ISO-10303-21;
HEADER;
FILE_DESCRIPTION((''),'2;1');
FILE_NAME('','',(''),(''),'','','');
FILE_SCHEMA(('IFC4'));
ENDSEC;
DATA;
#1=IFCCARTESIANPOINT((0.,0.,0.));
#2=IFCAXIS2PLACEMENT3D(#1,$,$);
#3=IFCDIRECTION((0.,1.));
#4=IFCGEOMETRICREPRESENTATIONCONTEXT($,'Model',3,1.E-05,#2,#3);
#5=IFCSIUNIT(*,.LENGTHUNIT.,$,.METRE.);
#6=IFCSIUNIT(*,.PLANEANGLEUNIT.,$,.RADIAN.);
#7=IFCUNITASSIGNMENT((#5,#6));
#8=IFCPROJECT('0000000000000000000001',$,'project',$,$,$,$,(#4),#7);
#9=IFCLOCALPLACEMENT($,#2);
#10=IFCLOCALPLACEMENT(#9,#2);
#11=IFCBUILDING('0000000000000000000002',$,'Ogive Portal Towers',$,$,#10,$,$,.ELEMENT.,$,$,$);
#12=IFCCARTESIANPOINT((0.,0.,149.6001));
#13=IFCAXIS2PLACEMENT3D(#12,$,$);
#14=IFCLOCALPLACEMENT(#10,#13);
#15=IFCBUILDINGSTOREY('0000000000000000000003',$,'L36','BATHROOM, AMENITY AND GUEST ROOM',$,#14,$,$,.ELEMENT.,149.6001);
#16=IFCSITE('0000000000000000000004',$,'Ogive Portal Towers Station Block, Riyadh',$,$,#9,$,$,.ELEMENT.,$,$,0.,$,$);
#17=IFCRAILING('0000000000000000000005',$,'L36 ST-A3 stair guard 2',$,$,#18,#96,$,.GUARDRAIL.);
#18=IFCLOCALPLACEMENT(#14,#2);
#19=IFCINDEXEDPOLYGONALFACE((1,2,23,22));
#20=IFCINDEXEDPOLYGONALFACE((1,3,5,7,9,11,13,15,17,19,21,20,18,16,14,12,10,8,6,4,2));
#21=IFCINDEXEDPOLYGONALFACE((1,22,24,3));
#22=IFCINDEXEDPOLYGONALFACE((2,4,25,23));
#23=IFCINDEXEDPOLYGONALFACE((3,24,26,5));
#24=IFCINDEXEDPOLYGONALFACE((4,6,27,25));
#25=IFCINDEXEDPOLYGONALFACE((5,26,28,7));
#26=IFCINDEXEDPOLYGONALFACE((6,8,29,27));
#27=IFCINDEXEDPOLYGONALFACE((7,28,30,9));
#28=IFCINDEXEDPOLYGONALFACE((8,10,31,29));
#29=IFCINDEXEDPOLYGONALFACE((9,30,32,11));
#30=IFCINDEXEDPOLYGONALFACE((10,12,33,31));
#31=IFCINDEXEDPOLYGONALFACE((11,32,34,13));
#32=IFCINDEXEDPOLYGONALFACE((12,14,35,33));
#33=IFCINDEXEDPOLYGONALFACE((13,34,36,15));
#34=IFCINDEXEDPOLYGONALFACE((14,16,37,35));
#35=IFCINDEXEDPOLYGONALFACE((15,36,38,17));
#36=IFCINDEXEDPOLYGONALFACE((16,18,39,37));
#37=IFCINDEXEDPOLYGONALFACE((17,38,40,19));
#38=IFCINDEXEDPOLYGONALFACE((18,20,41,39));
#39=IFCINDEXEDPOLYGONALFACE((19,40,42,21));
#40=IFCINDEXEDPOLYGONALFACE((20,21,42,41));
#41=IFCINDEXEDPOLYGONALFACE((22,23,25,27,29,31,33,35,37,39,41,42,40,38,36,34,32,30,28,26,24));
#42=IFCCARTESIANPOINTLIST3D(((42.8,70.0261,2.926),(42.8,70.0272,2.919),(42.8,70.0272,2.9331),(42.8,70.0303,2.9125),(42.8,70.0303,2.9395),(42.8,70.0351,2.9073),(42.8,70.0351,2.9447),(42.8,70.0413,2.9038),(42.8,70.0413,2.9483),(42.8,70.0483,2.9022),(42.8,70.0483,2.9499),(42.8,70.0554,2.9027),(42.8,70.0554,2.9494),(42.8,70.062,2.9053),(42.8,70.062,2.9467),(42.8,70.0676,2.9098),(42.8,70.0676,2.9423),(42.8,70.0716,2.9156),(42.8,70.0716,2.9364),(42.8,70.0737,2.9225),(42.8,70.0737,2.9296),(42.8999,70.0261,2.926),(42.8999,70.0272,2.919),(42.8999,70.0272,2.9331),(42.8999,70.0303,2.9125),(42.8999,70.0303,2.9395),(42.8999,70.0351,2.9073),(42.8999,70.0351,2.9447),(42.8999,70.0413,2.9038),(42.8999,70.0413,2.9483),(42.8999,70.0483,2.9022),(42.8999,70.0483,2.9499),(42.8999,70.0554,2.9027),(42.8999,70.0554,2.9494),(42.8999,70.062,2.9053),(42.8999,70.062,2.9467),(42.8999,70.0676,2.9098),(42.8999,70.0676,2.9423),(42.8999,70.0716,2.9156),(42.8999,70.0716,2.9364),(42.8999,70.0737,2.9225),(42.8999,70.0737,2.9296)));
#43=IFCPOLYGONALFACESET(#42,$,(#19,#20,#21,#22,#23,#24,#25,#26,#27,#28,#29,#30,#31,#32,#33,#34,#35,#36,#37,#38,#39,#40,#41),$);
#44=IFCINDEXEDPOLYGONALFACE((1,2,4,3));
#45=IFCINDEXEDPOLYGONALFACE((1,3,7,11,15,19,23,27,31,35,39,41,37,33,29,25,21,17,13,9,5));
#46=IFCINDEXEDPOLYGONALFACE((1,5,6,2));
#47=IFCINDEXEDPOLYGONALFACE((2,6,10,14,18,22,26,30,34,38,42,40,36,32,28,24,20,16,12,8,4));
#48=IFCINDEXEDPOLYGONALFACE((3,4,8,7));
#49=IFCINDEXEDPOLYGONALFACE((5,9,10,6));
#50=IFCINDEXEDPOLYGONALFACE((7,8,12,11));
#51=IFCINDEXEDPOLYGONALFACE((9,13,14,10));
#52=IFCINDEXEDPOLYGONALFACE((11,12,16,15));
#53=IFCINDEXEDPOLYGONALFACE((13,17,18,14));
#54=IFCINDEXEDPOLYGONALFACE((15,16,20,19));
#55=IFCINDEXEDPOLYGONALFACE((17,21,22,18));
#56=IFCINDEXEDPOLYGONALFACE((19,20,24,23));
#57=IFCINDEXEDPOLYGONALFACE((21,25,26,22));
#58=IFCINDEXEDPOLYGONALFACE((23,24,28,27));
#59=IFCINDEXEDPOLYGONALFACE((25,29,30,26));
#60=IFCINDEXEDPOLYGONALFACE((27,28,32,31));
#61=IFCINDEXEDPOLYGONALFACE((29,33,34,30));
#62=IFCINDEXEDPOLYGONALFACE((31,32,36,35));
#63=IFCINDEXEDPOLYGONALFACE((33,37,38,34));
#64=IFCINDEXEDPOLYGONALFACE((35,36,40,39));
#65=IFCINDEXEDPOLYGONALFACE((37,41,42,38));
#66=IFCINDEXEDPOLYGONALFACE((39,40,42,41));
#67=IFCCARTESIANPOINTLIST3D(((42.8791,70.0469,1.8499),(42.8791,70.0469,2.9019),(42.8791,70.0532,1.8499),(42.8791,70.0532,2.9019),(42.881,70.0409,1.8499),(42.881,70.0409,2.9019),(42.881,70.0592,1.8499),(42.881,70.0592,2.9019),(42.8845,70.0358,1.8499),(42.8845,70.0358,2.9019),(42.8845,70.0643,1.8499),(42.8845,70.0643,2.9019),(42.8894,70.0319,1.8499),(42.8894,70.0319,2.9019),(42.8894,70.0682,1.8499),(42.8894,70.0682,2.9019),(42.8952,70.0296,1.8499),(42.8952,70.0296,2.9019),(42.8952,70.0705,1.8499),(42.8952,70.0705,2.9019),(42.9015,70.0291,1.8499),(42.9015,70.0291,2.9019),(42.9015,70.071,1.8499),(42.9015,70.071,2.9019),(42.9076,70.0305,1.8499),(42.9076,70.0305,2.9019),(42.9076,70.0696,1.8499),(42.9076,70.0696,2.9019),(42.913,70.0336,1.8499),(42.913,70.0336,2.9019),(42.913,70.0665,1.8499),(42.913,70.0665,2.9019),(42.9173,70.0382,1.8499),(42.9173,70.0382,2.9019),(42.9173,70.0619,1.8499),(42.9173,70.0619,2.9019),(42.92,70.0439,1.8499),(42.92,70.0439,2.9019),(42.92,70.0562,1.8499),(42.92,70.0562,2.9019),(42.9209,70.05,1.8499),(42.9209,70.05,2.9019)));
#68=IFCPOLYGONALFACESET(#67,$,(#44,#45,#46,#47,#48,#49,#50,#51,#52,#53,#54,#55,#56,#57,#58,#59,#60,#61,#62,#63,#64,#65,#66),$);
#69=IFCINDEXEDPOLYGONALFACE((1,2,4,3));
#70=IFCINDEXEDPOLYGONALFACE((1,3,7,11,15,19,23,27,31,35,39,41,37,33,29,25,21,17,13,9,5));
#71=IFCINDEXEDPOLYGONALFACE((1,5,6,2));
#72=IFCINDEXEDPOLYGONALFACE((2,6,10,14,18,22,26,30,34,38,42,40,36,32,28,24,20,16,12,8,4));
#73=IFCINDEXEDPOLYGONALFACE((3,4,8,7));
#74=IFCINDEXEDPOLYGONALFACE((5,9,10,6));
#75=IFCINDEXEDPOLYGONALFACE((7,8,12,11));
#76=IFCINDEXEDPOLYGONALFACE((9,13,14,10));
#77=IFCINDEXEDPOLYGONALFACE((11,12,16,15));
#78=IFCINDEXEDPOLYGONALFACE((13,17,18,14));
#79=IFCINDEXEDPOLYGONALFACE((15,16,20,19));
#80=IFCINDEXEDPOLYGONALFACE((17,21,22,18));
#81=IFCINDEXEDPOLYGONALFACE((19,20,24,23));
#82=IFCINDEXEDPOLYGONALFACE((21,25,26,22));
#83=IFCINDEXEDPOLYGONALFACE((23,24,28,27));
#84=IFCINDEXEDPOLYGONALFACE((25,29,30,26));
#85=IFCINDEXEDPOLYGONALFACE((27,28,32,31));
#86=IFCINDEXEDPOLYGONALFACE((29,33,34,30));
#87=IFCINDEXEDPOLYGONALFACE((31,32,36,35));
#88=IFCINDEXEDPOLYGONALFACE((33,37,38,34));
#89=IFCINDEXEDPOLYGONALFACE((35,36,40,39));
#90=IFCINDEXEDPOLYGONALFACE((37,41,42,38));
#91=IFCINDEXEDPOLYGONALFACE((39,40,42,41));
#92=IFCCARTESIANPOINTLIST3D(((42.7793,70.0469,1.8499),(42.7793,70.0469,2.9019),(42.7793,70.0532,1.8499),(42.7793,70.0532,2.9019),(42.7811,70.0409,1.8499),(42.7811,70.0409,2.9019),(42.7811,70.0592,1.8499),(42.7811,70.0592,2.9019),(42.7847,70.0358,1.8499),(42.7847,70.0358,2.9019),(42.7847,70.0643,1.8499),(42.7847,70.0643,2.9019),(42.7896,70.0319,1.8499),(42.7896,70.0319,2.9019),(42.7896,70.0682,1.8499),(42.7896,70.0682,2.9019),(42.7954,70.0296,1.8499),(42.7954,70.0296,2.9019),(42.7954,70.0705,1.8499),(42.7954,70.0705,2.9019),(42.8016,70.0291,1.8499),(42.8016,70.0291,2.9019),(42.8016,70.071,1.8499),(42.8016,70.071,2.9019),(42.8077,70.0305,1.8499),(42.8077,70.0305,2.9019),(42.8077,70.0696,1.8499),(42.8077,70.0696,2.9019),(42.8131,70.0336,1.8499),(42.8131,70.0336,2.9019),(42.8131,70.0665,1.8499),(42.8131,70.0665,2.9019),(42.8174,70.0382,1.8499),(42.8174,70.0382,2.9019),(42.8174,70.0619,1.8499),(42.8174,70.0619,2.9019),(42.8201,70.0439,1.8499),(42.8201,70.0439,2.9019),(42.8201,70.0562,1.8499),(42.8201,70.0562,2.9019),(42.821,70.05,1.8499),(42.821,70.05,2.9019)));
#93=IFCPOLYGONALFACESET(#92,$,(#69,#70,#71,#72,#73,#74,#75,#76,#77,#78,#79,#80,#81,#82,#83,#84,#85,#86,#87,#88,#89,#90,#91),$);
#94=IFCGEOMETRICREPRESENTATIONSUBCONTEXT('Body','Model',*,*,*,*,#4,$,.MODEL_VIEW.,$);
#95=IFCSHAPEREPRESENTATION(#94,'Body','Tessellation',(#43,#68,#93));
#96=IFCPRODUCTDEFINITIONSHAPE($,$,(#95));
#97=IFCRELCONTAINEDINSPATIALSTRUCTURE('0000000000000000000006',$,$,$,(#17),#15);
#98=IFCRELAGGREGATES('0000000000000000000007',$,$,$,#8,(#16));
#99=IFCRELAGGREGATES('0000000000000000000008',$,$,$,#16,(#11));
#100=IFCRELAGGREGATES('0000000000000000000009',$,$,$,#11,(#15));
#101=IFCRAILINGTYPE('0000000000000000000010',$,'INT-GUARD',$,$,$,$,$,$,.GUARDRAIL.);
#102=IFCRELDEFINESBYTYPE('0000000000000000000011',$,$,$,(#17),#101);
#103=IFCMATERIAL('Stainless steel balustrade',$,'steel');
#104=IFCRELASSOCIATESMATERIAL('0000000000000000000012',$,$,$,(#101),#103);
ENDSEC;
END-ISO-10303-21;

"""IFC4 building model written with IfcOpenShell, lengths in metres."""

from ifc_helpers import new_model, si_unit, direction, frame, origin, origin_2d, place, context, subcontext, project, spatial, circle, extrude, material, type_object, element, save


model = new_model("IFC4")

# Units and contexts
model_context = context("Model", 3, precision=1e-05, world=origin(), true_north=direction((0.0, 1.0)))
body_context = subcontext(model_context, "Body", "Model", "MODEL_VIEW")
ifc_project = project(units=[si_unit("LENGTHUNIT", "METRE"), si_unit("PLANEANGLEUNIT", "RADIAN")], contexts=[model_context])

# Site, building, storey
site_placement = place(None, origin())
site = spatial("IfcSite", under=ifc_project, at=site_placement, Name="Ogive Portal Towers Station Block, Riyadh", CompositionType="ELEMENT", RefElevation=0.0)
building_placement = place(site_placement, origin())
building = spatial("IfcBuilding", under=site, at=building_placement, Name="Ogive Portal Towers", CompositionType="ELEMENT")
storey_placement = place(building_placement, frame((0.0, 0.0, 149.6001)))
storey = spatial("IfcBuildingStorey", under=building, at=storey_placement, Name="L36", Description="BATHROOM, AMENITY AND GUEST ROOM", CompositionType="ELEMENT", Elevation=149.6001)

# Railing
ifc_material_1 = material(Name="Stainless steel balustrade", Category="steel")
railing_type_1 = type_object("IfcRailingType", Name="INT-GUARD", PredefinedType="GUARDRAIL", material=ifc_material_1)
railing_1_placement = place(storey_placement, frame((42.8999, 70.05, 1.8499)))
element("IfcRailing", 1, at=railing_1_placement, inside=storey, type_object=railing_type_1, Name="L36 ST-A3 stair guard 2", PredefinedType="GUARDRAIL", context=body_context, shape_type="SweptSolid", body=[
    extrude(circle(Radius=0.0239, at=origin_2d()), frame((0.0, 0.0, 1.0762), z_axis=(-1.0, 0.0, 0.0), x_axis=(0.0, -1.0, 0.0)), (0.0, 0.0, 1.0), 0.0999),
    extrude(circle(Radius=0.021, at=origin_2d()), origin(), (0.0, 0.0, 1.0), 1.052),
    extrude(circle(Radius=0.021, at=origin_2d()), frame((-0.0999, 0.0, 0.0)), (0.0, 0.0, 1.0), 1.052),
])

save(model, "model.ifc")
